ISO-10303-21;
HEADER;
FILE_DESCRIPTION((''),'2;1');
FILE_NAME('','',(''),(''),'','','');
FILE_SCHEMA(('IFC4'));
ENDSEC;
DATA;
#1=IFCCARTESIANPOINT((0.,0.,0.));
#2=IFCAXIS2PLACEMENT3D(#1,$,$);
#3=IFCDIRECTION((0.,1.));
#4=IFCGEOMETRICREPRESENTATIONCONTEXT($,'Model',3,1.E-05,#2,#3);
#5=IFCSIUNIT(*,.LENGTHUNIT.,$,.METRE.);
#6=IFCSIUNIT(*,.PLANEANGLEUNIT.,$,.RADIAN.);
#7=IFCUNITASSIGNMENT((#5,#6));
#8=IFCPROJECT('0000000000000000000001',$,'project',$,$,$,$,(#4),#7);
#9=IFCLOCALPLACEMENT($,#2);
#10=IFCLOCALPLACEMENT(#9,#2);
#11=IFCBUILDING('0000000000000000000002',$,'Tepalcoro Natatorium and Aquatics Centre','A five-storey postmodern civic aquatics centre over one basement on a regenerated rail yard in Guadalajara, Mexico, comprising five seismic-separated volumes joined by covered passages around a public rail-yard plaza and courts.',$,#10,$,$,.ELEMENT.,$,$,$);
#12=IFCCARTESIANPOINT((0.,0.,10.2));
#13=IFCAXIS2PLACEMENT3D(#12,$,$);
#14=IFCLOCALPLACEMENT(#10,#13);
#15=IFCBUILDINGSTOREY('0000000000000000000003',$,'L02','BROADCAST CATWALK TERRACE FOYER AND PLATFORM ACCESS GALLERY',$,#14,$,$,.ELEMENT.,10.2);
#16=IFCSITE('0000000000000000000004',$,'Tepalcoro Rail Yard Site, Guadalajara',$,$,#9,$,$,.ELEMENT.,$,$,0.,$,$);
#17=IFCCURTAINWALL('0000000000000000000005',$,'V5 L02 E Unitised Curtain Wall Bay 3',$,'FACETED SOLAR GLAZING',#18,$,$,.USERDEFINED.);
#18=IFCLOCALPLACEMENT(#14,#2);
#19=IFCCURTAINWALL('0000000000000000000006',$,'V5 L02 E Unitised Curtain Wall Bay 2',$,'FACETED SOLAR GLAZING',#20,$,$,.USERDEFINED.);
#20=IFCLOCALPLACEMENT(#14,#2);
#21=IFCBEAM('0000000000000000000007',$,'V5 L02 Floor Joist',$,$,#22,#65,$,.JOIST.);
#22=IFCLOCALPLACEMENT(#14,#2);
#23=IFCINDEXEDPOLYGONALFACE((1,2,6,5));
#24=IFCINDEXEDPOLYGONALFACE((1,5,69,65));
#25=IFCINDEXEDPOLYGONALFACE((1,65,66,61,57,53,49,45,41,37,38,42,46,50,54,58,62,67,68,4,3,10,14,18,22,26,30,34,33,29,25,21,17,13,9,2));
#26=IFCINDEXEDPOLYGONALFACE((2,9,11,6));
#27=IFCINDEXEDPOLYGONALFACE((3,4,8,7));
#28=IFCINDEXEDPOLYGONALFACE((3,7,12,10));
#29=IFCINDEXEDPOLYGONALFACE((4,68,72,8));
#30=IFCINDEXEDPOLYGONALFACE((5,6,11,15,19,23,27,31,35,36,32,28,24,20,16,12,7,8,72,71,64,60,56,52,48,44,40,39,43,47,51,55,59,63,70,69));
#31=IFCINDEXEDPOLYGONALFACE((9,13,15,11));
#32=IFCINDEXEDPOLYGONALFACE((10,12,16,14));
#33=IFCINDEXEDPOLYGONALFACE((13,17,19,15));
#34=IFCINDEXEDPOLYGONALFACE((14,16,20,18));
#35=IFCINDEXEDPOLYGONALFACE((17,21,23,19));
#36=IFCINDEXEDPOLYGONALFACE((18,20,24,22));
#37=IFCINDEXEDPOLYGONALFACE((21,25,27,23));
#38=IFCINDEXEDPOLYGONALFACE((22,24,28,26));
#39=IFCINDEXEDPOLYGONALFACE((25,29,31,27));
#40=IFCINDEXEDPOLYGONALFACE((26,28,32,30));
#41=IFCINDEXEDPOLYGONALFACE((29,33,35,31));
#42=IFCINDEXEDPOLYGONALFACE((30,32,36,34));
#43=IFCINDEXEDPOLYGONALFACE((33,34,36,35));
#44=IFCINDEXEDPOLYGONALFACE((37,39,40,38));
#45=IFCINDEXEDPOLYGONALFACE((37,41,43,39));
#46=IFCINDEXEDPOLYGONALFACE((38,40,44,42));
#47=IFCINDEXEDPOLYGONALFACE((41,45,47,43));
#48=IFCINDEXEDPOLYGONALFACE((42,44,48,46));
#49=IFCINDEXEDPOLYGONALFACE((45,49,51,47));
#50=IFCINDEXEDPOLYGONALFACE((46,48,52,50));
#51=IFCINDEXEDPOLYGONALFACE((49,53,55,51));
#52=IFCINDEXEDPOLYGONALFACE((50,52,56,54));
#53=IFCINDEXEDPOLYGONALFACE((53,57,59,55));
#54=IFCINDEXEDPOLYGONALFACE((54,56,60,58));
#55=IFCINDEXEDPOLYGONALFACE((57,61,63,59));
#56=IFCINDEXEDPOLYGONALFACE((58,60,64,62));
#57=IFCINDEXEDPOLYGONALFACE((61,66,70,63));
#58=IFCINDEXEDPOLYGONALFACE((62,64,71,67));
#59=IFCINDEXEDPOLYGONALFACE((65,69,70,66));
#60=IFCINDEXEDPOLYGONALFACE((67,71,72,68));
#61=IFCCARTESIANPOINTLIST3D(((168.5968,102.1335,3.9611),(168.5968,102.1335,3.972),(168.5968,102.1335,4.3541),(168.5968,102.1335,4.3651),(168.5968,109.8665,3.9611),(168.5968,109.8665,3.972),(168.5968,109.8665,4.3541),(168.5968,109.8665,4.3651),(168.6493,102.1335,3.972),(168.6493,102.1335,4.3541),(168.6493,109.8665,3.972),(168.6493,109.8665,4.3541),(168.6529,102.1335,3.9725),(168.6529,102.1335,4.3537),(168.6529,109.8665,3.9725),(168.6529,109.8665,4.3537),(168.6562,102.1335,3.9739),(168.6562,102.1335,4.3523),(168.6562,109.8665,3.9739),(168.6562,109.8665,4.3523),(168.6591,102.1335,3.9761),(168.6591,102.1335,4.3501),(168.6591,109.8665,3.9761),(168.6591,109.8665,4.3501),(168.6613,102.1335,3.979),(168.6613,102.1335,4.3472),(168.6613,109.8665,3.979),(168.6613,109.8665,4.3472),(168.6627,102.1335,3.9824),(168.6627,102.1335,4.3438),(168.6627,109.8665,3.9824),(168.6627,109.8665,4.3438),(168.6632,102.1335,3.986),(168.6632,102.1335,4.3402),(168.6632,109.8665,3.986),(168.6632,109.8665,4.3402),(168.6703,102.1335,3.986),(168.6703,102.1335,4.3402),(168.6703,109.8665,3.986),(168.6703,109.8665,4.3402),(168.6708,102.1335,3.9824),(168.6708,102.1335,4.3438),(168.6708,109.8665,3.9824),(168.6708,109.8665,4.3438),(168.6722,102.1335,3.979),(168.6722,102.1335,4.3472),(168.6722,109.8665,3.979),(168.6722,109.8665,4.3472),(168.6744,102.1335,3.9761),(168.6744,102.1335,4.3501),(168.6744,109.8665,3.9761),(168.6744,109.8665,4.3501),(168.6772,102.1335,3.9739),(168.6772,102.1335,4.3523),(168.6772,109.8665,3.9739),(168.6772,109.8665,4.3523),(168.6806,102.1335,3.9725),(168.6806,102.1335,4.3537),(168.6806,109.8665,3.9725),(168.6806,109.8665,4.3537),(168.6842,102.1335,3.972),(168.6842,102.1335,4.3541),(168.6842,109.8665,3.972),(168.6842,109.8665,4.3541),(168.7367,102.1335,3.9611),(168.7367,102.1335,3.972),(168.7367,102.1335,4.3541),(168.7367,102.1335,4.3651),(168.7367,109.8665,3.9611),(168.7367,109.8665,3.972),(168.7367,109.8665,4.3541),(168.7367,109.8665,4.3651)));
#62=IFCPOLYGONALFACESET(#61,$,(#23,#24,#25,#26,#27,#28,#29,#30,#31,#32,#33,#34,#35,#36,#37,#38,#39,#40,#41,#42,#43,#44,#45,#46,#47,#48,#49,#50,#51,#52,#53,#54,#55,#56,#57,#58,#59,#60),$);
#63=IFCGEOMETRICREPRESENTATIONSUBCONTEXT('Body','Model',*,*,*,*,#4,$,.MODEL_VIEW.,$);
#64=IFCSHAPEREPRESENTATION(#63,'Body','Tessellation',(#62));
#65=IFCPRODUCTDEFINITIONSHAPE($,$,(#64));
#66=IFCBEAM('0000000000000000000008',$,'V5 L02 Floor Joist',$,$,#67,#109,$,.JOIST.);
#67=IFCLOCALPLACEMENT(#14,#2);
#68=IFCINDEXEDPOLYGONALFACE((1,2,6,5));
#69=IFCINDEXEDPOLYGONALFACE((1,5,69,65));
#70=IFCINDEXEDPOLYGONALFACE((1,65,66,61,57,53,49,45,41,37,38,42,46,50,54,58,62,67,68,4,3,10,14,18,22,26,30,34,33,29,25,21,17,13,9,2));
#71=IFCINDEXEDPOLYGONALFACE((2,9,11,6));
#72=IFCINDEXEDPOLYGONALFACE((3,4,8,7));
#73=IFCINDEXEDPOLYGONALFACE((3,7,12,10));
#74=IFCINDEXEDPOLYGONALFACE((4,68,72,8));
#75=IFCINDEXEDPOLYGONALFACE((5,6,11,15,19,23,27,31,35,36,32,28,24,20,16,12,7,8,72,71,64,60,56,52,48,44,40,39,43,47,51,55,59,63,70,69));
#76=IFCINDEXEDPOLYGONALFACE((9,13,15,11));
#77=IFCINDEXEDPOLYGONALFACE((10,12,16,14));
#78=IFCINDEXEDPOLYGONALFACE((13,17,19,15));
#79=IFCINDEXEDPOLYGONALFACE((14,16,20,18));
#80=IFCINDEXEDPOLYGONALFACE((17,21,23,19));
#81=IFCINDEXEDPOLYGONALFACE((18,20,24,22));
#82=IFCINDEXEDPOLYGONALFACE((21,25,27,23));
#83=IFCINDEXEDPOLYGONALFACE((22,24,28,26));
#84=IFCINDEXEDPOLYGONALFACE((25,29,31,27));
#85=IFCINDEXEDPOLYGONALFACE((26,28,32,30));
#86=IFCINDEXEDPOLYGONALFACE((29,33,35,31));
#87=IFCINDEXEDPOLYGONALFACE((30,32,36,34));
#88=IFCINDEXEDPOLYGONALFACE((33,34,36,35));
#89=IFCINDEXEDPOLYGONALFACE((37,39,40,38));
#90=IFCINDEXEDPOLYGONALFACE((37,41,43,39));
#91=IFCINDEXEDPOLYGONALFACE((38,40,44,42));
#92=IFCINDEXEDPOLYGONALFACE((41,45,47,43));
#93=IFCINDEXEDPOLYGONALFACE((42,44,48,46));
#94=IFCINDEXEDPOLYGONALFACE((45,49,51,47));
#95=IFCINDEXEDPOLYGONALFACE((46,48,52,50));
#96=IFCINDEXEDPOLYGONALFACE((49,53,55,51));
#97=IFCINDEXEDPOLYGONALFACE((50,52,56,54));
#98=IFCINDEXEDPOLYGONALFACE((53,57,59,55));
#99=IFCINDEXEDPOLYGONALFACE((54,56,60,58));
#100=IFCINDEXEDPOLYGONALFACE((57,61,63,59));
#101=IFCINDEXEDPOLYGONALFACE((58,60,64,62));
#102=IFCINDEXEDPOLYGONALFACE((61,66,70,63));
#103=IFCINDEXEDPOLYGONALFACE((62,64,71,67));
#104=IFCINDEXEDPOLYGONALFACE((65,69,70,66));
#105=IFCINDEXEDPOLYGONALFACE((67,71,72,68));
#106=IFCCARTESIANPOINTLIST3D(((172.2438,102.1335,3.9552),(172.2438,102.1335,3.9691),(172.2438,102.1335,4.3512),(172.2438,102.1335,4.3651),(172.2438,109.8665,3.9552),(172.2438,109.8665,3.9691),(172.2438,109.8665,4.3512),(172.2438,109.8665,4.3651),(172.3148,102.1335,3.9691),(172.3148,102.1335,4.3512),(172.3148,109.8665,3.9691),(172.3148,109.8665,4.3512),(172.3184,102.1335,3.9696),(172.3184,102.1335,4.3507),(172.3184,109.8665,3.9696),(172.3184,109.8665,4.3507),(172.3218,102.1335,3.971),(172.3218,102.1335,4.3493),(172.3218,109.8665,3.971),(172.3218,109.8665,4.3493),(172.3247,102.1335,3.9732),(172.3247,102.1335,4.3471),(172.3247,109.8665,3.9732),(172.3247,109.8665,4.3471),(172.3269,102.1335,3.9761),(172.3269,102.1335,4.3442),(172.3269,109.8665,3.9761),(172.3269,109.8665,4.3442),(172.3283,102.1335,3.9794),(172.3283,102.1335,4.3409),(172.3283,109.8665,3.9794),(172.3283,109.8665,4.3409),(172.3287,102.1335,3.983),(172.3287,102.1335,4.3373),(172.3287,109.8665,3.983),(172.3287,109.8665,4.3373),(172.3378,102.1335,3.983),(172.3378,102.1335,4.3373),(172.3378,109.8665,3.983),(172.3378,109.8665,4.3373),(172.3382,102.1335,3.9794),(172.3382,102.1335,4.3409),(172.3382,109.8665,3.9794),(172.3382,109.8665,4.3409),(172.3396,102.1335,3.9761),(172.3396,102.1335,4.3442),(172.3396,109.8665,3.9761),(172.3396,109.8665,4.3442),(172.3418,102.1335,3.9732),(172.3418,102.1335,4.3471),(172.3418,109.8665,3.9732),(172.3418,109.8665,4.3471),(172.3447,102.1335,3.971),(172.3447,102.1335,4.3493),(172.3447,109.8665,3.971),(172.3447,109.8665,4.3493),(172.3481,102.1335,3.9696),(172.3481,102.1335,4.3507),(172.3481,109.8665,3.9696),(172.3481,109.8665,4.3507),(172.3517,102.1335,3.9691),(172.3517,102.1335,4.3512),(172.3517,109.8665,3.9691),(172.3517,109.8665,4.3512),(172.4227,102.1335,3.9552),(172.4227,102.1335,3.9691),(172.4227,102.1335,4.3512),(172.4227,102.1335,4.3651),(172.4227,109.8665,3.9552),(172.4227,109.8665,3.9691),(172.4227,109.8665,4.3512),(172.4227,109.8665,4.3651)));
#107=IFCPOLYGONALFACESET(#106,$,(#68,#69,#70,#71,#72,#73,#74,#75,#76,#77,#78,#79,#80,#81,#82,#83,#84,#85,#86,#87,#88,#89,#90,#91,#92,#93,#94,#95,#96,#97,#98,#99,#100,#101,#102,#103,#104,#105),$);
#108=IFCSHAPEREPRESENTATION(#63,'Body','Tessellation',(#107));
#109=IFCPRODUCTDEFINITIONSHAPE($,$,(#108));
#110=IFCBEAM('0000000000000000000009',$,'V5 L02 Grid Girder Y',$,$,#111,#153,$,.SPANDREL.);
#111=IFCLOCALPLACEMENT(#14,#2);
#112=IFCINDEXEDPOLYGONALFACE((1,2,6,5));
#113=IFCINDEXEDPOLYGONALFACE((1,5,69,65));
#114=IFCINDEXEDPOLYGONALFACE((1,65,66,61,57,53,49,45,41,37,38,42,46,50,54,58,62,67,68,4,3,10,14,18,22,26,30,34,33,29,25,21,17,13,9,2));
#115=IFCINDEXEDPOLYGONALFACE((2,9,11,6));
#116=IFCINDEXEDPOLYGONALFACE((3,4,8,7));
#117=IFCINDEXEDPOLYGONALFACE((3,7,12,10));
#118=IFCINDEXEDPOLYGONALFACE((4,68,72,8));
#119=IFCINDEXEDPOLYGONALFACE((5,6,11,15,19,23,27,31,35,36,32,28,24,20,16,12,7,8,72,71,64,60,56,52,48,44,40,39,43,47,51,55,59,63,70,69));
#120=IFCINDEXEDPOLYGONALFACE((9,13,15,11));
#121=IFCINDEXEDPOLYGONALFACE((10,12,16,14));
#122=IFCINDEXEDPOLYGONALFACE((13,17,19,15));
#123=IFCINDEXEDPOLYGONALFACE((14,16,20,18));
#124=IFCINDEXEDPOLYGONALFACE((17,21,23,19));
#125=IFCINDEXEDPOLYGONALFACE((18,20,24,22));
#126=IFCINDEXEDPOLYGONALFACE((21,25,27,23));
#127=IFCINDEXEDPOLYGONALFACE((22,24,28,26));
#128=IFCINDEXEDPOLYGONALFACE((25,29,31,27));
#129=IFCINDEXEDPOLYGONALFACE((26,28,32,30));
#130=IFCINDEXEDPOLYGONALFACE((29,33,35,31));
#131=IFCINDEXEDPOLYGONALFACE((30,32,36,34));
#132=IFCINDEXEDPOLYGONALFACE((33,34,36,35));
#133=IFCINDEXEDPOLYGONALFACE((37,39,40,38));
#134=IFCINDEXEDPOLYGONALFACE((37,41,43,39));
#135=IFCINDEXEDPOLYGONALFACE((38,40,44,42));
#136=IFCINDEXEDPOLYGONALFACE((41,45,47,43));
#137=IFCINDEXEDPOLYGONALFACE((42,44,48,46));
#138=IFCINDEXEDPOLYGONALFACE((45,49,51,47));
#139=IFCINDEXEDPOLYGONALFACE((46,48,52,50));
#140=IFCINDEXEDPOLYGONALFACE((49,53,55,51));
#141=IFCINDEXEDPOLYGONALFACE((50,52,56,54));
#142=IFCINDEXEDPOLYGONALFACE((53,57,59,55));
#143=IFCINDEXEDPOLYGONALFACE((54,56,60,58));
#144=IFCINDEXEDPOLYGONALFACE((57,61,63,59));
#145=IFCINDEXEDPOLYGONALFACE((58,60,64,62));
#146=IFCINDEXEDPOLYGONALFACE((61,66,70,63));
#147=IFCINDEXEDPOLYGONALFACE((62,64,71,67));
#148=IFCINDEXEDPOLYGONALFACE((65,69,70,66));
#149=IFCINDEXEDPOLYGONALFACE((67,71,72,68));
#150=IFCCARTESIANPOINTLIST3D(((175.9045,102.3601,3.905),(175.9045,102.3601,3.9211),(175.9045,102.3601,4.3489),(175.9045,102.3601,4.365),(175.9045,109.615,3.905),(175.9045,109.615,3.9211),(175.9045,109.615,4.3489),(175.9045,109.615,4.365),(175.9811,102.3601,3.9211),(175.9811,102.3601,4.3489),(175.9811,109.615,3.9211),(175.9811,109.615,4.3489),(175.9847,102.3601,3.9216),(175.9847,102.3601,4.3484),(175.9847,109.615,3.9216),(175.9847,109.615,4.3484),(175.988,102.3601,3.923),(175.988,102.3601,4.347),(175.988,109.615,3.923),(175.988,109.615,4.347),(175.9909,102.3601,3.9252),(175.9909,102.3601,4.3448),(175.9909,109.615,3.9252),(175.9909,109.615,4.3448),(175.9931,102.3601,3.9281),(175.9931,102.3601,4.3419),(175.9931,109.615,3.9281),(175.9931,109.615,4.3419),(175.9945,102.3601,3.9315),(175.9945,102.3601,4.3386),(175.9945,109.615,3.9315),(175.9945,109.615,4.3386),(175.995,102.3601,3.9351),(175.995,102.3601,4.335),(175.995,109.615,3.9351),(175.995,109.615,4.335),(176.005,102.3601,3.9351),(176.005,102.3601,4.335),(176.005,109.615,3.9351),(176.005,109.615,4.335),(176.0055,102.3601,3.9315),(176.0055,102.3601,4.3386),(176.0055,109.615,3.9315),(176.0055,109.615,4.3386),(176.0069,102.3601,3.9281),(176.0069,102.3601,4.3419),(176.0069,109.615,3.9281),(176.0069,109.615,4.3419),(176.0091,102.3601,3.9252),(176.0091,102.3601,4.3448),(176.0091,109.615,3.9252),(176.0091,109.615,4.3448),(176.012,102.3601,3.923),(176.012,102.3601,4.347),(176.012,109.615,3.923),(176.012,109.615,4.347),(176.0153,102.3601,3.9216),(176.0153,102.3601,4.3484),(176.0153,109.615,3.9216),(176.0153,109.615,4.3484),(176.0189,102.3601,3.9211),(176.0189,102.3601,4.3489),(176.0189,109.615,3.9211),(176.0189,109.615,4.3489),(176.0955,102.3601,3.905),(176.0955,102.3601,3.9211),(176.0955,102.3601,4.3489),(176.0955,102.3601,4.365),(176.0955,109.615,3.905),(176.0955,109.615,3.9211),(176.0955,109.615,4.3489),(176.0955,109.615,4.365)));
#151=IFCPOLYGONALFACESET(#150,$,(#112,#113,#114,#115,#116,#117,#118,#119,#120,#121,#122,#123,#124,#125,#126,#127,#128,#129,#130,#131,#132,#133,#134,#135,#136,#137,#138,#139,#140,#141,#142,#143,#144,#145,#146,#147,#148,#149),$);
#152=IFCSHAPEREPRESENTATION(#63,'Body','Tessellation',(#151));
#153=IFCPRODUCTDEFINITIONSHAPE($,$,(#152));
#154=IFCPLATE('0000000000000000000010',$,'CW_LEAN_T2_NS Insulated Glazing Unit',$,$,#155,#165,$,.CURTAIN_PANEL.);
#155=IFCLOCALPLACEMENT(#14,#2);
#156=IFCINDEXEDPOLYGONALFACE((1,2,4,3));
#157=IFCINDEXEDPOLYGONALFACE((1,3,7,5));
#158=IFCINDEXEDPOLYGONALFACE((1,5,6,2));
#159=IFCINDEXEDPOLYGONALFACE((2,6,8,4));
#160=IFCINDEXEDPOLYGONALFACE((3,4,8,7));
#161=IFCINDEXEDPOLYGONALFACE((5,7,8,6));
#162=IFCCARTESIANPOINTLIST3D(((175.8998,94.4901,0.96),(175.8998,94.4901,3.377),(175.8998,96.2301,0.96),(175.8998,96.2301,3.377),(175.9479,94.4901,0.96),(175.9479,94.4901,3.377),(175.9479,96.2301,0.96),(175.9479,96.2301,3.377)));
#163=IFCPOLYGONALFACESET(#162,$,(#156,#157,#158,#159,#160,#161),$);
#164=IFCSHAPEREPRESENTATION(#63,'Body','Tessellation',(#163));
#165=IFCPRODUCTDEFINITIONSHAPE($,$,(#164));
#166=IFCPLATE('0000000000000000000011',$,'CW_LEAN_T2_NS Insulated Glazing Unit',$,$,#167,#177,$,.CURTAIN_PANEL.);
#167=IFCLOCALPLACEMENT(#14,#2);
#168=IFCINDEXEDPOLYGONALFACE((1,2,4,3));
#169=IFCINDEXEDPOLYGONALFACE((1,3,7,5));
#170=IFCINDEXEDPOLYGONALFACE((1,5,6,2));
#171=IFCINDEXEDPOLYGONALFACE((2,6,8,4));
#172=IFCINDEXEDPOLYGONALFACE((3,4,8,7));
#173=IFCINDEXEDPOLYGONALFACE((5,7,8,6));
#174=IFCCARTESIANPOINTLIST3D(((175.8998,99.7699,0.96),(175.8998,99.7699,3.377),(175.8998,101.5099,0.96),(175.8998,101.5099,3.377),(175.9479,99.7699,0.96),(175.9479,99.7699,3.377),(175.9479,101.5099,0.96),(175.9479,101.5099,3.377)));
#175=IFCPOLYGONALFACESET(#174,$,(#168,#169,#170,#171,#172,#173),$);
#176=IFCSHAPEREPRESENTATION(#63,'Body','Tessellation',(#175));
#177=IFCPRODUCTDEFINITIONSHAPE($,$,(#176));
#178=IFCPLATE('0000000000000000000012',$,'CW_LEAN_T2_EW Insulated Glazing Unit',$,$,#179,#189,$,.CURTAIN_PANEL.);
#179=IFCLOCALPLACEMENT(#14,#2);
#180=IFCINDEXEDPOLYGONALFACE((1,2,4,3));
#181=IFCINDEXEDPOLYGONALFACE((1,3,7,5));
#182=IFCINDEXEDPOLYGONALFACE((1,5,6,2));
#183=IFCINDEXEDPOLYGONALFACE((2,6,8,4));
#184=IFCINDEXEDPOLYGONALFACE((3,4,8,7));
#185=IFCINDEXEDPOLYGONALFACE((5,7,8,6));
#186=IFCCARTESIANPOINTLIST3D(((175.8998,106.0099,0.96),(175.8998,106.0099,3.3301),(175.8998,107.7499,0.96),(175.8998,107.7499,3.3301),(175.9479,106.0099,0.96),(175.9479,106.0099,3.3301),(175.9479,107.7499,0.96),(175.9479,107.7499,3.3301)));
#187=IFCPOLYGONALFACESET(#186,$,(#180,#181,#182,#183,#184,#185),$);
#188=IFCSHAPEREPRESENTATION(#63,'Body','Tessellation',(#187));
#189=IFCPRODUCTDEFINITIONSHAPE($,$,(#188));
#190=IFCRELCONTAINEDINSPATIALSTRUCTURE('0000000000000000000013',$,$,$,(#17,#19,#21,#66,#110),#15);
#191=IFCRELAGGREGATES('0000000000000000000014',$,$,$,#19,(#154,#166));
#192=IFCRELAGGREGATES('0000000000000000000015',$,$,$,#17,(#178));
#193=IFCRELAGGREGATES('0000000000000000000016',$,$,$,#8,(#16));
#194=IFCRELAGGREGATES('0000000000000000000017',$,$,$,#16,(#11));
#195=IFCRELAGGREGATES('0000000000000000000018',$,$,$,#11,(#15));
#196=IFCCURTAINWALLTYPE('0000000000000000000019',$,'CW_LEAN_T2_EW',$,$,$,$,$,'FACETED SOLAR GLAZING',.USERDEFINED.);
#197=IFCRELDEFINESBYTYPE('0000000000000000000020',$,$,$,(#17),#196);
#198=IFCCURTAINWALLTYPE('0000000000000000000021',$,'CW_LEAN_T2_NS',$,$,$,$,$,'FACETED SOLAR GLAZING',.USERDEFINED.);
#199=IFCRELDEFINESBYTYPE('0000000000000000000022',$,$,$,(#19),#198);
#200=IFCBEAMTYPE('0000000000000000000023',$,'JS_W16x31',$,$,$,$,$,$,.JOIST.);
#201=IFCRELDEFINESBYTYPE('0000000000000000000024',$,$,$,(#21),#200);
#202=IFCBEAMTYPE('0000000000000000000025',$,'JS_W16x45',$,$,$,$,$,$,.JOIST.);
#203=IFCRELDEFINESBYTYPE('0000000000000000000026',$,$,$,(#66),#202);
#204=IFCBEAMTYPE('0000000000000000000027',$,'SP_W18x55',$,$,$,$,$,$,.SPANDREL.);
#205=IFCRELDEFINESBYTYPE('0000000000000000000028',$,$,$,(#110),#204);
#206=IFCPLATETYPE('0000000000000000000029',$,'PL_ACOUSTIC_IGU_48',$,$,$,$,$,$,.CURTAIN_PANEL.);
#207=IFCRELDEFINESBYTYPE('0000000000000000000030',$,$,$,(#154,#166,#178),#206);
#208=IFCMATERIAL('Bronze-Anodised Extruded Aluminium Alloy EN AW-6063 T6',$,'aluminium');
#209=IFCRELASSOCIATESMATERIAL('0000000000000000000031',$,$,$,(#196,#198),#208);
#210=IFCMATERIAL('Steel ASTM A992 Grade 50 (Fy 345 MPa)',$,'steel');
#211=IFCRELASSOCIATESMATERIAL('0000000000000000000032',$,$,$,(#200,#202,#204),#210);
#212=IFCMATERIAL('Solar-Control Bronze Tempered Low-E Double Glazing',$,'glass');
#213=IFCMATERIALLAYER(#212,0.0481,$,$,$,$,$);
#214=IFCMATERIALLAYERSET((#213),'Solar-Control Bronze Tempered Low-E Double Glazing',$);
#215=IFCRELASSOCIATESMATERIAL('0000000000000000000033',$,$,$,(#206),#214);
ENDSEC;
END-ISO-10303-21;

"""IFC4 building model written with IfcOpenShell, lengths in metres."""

from ifc_helpers import new_model, si_unit, direction, frame, origin, origin_2d, place, context, subcontext, project, spatial, rectangle, i_section, extrude, material, layer, layer_set, material_profile, profile_set, type_object, element, aggregate, save


model = new_model("IFC4")

# Units and contexts
model_context = context("Model", 3, precision=1e-05, world=origin(), true_north=direction((0.0, 1.0)))
body_context = subcontext(model_context, "Body", "Model", "MODEL_VIEW")
ifc_project = project(units=[si_unit("LENGTHUNIT", "METRE"), si_unit("PLANEANGLEUNIT", "RADIAN")], contexts=[model_context])

# Site, building, storey
site_placement = place(None, origin())
site = spatial("IfcSite", under=ifc_project, at=site_placement, Name="Tepalcoro Rail Yard Site, Guadalajara", CompositionType="ELEMENT", RefElevation=0.0)
building_placement = place(site_placement, origin())
building = spatial("IfcBuilding", under=site, at=building_placement, Name="Tepalcoro Natatorium and Aquatics Centre", Description="A five-storey postmodern civic aquatics centre over one basement on a regenerated rail yard in Guadalajara, Mexico, comprising five seismic-separated volumes joined by covered passages around a public rail-yard plaza and courts.", CompositionType="ELEMENT")
storey_placement = place(building_placement, frame((0.0, 0.0, 10.2)))
storey = spatial("IfcBuildingStorey", under=building, at=storey_placement, Name="L02", Description="BROADCAST CATWALK TERRACE FOYER AND PLATFORM ACCESS GALLERY", CompositionType="ELEMENT", Elevation=10.2)

# Shared definitions
ifc_material_1 = material(Name="Steel ASTM A992 Grade 50 (Fy 345 MPa)", Category="steel")

# Curtain walls
ifc_material_2 = material(Name="Bronze-Anodised Extruded Aluminium Alloy EN AW-6063 T6", Category="aluminium")
curtain_wall_type_1 = type_object("IfcCurtainWallType", Name="CW_LEAN_T2_EW", ElementType="FACETED SOLAR GLAZING", PredefinedType="USERDEFINED", material=ifc_material_2)
curtain_wall_1_placement = place(storey_placement, origin())
curtain_wall_1 = element("IfcCurtainWall", 1, at=curtain_wall_1_placement, inside=storey, type_object=curtain_wall_type_1, Name="V5 L02 E Unitised Curtain Wall Bay 3", ObjectType="FACETED SOLAR GLAZING", PredefinedType="USERDEFINED")
curtain_wall_type_2 = type_object("IfcCurtainWallType", Name="CW_LEAN_T2_NS", ElementType="FACETED SOLAR GLAZING", PredefinedType="USERDEFINED", material=ifc_material_2)
curtain_wall_2_placement = place(storey_placement, origin())
curtain_wall_2 = element("IfcCurtainWall", 2, at=curtain_wall_2_placement, inside=storey, type_object=curtain_wall_type_2, Name="V5 L02 E Unitised Curtain Wall Bay 2", ObjectType="FACETED SOLAR GLAZING", PredefinedType="USERDEFINED")

# Beams
ifc_material_profile_1 = material_profile(ifc_material_1, i_section(OverallWidth=0.1399, OverallDepth=0.4041, WebThickness=0.0071, FlangeThickness=0.011, FilletRadius=0.0139, at=origin_2d()), Name="W16X31")
ifc_profile_set_1 = profile_set([ifc_material_profile_1], Name="Steel ASTM A992 Grade 50 (Fy 345 MPa)")
beam_type_1 = type_object("IfcBeamType", Name="JS_W16x31", PredefinedType="JOIST", material=ifc_profile_set_1)
beam_1_placement = place(storey_placement, frame((168.6667, 102.1335, 4.1631), z_axis=(0.0, 1.0, 0.0), x_axis=(-1.0, 0.0, 0.0)))
element("IfcBeam", 3, at=beam_1_placement, inside=storey, type_object=beam_type_1, Name="V5 L02 Floor Joist", PredefinedType="JOIST", context=body_context, shape_type="SweptSolid", body=[
    extrude(i_section(OverallWidth=0.1399, OverallDepth=0.4041, WebThickness=0.0071, FlangeThickness=0.011, FilletRadius=0.0139, at=origin_2d()), origin(), (0.0, 0.0, 1.0), 7.7329),
])
ifc_material_profile_2 = material_profile(ifc_material_1, i_section(OverallWidth=0.179, OverallDepth=0.4099, WebThickness=0.009, FlangeThickness=0.0139, FilletRadius=0.0139, at=origin_2d()), Name="W16X45")
ifc_profile_set_2 = profile_set([ifc_material_profile_2], Name="Steel ASTM A992 Grade 50 (Fy 345 MPa)")
beam_type_2 = type_object("IfcBeamType", Name="JS_W16x45", PredefinedType="JOIST", material=ifc_profile_set_2)
beam_2_placement = place(storey_placement, frame((172.3333, 102.1335, 4.1602), z_axis=(0.0, 1.0, 0.0), x_axis=(-1.0, 0.0, 0.0)))
element("IfcBeam", 4, at=beam_2_placement, inside=storey, type_object=beam_type_2, Name="V5 L02 Floor Joist", PredefinedType="JOIST", context=body_context, shape_type="SweptSolid", body=[
    extrude(i_section(OverallWidth=0.179, OverallDepth=0.4099, WebThickness=0.009, FlangeThickness=0.0139, FilletRadius=0.0139, at=origin_2d()), origin(), (0.0, 0.0, 1.0), 7.7329),
])
ifc_material_profile_3 = material_profile(ifc_material_1, i_section(OverallWidth=0.1909, OverallDepth=0.46, WebThickness=0.01, FlangeThickness=0.0161, FilletRadius=0.0139, at=origin_2d()), Name="W18X55")
ifc_profile_set_3 = profile_set([ifc_material_profile_3], Name="Steel ASTM A992 Grade 50 (Fy 345 MPa)")
beam_type_3 = type_object("IfcBeamType", Name="SP_W18x55", PredefinedType="SPANDREL", material=ifc_profile_set_3)
beam_3_placement = place(storey_placement, frame((176.0, 102.3601, 4.135), z_axis=(0.0, 1.0, 0.0), x_axis=(-1.0, 0.0, 0.0)))
element("IfcBeam", 5, at=beam_3_placement, inside=storey, type_object=beam_type_3, Name="V5 L02 Grid Girder Y", PredefinedType="SPANDREL", context=body_context, shape_type="SweptSolid", body=[
    extrude(i_section(OverallWidth=0.1909, OverallDepth=0.46, WebThickness=0.01, FlangeThickness=0.0161, FilletRadius=0.0139, at=origin_2d()), origin(), (0.0, 0.0, 1.0), 7.2549),
])

# Plates
ifc_material_3 = material(Name="Solar-Control Bronze Tempered Low-E Double Glazing", Category="glass")
ifc_layer_1 = layer(ifc_material_3, 0.0481)
ifc_layer_set_1 = layer_set([ifc_layer_1], Name="Solar-Control Bronze Tempered Low-E Double Glazing")
plate_type_1 = type_object("IfcPlateType", Name="PL_ACOUSTIC_IGU_48", PredefinedType="CURTAIN_PANEL", material=ifc_layer_set_1)
plate_1_placement = place(storey_placement, frame((175.9238, 95.3601, 0.96), z_axis=(0.0, 0.0, 1.0), x_axis=(1.0, 0.0, 0.0)))
plate_1 = element("IfcPlate", 6, at=plate_1_placement, type_object=plate_type_1, Name="CW_LEAN_T2_NS Insulated Glazing Unit", PredefinedType="CURTAIN_PANEL", context=body_context, shape_type="SweptSolid", body=[
    extrude(rectangle(XDim=0.0481, YDim=1.74, at=origin_2d()), origin(), (0.0, 0.0, 1.0), 2.417),
])
plate_2_placement = place(storey_placement, frame((175.9238, 100.6399, 0.96), z_axis=(0.0, 0.0, 1.0), x_axis=(1.0, 0.0, 0.0)))
plate_2 = element("IfcPlate", 7, at=plate_2_placement, type_object=plate_type_1, Name="CW_LEAN_T2_NS Insulated Glazing Unit", PredefinedType="CURTAIN_PANEL", context=body_context, shape_type="SweptSolid", body=[
    extrude(rectangle(XDim=0.0481, YDim=1.74, at=origin_2d()), origin(), (0.0, 0.0, 1.0), 2.417),
])
plate_3_placement = place(storey_placement, frame((175.9238, 106.8799, 0.96), z_axis=(0.0, 0.0, 1.0), x_axis=(1.0, 0.0, 0.0)))
plate_3 = element("IfcPlate", 8, at=plate_3_placement, type_object=plate_type_1, Name="CW_LEAN_T2_EW Insulated Glazing Unit", PredefinedType="CURTAIN_PANEL", context=body_context, shape_type="SweptSolid", body=[
    extrude(rectangle(XDim=0.0481, YDim=1.74, at=origin_2d()), origin(), (0.0, 0.0, 1.0), 2.3701),
])
aggregate(curtain_wall_2, [plate_1, plate_2])
aggregate(curtain_wall_1, [plate_3])

save(model, "model.ifc")
